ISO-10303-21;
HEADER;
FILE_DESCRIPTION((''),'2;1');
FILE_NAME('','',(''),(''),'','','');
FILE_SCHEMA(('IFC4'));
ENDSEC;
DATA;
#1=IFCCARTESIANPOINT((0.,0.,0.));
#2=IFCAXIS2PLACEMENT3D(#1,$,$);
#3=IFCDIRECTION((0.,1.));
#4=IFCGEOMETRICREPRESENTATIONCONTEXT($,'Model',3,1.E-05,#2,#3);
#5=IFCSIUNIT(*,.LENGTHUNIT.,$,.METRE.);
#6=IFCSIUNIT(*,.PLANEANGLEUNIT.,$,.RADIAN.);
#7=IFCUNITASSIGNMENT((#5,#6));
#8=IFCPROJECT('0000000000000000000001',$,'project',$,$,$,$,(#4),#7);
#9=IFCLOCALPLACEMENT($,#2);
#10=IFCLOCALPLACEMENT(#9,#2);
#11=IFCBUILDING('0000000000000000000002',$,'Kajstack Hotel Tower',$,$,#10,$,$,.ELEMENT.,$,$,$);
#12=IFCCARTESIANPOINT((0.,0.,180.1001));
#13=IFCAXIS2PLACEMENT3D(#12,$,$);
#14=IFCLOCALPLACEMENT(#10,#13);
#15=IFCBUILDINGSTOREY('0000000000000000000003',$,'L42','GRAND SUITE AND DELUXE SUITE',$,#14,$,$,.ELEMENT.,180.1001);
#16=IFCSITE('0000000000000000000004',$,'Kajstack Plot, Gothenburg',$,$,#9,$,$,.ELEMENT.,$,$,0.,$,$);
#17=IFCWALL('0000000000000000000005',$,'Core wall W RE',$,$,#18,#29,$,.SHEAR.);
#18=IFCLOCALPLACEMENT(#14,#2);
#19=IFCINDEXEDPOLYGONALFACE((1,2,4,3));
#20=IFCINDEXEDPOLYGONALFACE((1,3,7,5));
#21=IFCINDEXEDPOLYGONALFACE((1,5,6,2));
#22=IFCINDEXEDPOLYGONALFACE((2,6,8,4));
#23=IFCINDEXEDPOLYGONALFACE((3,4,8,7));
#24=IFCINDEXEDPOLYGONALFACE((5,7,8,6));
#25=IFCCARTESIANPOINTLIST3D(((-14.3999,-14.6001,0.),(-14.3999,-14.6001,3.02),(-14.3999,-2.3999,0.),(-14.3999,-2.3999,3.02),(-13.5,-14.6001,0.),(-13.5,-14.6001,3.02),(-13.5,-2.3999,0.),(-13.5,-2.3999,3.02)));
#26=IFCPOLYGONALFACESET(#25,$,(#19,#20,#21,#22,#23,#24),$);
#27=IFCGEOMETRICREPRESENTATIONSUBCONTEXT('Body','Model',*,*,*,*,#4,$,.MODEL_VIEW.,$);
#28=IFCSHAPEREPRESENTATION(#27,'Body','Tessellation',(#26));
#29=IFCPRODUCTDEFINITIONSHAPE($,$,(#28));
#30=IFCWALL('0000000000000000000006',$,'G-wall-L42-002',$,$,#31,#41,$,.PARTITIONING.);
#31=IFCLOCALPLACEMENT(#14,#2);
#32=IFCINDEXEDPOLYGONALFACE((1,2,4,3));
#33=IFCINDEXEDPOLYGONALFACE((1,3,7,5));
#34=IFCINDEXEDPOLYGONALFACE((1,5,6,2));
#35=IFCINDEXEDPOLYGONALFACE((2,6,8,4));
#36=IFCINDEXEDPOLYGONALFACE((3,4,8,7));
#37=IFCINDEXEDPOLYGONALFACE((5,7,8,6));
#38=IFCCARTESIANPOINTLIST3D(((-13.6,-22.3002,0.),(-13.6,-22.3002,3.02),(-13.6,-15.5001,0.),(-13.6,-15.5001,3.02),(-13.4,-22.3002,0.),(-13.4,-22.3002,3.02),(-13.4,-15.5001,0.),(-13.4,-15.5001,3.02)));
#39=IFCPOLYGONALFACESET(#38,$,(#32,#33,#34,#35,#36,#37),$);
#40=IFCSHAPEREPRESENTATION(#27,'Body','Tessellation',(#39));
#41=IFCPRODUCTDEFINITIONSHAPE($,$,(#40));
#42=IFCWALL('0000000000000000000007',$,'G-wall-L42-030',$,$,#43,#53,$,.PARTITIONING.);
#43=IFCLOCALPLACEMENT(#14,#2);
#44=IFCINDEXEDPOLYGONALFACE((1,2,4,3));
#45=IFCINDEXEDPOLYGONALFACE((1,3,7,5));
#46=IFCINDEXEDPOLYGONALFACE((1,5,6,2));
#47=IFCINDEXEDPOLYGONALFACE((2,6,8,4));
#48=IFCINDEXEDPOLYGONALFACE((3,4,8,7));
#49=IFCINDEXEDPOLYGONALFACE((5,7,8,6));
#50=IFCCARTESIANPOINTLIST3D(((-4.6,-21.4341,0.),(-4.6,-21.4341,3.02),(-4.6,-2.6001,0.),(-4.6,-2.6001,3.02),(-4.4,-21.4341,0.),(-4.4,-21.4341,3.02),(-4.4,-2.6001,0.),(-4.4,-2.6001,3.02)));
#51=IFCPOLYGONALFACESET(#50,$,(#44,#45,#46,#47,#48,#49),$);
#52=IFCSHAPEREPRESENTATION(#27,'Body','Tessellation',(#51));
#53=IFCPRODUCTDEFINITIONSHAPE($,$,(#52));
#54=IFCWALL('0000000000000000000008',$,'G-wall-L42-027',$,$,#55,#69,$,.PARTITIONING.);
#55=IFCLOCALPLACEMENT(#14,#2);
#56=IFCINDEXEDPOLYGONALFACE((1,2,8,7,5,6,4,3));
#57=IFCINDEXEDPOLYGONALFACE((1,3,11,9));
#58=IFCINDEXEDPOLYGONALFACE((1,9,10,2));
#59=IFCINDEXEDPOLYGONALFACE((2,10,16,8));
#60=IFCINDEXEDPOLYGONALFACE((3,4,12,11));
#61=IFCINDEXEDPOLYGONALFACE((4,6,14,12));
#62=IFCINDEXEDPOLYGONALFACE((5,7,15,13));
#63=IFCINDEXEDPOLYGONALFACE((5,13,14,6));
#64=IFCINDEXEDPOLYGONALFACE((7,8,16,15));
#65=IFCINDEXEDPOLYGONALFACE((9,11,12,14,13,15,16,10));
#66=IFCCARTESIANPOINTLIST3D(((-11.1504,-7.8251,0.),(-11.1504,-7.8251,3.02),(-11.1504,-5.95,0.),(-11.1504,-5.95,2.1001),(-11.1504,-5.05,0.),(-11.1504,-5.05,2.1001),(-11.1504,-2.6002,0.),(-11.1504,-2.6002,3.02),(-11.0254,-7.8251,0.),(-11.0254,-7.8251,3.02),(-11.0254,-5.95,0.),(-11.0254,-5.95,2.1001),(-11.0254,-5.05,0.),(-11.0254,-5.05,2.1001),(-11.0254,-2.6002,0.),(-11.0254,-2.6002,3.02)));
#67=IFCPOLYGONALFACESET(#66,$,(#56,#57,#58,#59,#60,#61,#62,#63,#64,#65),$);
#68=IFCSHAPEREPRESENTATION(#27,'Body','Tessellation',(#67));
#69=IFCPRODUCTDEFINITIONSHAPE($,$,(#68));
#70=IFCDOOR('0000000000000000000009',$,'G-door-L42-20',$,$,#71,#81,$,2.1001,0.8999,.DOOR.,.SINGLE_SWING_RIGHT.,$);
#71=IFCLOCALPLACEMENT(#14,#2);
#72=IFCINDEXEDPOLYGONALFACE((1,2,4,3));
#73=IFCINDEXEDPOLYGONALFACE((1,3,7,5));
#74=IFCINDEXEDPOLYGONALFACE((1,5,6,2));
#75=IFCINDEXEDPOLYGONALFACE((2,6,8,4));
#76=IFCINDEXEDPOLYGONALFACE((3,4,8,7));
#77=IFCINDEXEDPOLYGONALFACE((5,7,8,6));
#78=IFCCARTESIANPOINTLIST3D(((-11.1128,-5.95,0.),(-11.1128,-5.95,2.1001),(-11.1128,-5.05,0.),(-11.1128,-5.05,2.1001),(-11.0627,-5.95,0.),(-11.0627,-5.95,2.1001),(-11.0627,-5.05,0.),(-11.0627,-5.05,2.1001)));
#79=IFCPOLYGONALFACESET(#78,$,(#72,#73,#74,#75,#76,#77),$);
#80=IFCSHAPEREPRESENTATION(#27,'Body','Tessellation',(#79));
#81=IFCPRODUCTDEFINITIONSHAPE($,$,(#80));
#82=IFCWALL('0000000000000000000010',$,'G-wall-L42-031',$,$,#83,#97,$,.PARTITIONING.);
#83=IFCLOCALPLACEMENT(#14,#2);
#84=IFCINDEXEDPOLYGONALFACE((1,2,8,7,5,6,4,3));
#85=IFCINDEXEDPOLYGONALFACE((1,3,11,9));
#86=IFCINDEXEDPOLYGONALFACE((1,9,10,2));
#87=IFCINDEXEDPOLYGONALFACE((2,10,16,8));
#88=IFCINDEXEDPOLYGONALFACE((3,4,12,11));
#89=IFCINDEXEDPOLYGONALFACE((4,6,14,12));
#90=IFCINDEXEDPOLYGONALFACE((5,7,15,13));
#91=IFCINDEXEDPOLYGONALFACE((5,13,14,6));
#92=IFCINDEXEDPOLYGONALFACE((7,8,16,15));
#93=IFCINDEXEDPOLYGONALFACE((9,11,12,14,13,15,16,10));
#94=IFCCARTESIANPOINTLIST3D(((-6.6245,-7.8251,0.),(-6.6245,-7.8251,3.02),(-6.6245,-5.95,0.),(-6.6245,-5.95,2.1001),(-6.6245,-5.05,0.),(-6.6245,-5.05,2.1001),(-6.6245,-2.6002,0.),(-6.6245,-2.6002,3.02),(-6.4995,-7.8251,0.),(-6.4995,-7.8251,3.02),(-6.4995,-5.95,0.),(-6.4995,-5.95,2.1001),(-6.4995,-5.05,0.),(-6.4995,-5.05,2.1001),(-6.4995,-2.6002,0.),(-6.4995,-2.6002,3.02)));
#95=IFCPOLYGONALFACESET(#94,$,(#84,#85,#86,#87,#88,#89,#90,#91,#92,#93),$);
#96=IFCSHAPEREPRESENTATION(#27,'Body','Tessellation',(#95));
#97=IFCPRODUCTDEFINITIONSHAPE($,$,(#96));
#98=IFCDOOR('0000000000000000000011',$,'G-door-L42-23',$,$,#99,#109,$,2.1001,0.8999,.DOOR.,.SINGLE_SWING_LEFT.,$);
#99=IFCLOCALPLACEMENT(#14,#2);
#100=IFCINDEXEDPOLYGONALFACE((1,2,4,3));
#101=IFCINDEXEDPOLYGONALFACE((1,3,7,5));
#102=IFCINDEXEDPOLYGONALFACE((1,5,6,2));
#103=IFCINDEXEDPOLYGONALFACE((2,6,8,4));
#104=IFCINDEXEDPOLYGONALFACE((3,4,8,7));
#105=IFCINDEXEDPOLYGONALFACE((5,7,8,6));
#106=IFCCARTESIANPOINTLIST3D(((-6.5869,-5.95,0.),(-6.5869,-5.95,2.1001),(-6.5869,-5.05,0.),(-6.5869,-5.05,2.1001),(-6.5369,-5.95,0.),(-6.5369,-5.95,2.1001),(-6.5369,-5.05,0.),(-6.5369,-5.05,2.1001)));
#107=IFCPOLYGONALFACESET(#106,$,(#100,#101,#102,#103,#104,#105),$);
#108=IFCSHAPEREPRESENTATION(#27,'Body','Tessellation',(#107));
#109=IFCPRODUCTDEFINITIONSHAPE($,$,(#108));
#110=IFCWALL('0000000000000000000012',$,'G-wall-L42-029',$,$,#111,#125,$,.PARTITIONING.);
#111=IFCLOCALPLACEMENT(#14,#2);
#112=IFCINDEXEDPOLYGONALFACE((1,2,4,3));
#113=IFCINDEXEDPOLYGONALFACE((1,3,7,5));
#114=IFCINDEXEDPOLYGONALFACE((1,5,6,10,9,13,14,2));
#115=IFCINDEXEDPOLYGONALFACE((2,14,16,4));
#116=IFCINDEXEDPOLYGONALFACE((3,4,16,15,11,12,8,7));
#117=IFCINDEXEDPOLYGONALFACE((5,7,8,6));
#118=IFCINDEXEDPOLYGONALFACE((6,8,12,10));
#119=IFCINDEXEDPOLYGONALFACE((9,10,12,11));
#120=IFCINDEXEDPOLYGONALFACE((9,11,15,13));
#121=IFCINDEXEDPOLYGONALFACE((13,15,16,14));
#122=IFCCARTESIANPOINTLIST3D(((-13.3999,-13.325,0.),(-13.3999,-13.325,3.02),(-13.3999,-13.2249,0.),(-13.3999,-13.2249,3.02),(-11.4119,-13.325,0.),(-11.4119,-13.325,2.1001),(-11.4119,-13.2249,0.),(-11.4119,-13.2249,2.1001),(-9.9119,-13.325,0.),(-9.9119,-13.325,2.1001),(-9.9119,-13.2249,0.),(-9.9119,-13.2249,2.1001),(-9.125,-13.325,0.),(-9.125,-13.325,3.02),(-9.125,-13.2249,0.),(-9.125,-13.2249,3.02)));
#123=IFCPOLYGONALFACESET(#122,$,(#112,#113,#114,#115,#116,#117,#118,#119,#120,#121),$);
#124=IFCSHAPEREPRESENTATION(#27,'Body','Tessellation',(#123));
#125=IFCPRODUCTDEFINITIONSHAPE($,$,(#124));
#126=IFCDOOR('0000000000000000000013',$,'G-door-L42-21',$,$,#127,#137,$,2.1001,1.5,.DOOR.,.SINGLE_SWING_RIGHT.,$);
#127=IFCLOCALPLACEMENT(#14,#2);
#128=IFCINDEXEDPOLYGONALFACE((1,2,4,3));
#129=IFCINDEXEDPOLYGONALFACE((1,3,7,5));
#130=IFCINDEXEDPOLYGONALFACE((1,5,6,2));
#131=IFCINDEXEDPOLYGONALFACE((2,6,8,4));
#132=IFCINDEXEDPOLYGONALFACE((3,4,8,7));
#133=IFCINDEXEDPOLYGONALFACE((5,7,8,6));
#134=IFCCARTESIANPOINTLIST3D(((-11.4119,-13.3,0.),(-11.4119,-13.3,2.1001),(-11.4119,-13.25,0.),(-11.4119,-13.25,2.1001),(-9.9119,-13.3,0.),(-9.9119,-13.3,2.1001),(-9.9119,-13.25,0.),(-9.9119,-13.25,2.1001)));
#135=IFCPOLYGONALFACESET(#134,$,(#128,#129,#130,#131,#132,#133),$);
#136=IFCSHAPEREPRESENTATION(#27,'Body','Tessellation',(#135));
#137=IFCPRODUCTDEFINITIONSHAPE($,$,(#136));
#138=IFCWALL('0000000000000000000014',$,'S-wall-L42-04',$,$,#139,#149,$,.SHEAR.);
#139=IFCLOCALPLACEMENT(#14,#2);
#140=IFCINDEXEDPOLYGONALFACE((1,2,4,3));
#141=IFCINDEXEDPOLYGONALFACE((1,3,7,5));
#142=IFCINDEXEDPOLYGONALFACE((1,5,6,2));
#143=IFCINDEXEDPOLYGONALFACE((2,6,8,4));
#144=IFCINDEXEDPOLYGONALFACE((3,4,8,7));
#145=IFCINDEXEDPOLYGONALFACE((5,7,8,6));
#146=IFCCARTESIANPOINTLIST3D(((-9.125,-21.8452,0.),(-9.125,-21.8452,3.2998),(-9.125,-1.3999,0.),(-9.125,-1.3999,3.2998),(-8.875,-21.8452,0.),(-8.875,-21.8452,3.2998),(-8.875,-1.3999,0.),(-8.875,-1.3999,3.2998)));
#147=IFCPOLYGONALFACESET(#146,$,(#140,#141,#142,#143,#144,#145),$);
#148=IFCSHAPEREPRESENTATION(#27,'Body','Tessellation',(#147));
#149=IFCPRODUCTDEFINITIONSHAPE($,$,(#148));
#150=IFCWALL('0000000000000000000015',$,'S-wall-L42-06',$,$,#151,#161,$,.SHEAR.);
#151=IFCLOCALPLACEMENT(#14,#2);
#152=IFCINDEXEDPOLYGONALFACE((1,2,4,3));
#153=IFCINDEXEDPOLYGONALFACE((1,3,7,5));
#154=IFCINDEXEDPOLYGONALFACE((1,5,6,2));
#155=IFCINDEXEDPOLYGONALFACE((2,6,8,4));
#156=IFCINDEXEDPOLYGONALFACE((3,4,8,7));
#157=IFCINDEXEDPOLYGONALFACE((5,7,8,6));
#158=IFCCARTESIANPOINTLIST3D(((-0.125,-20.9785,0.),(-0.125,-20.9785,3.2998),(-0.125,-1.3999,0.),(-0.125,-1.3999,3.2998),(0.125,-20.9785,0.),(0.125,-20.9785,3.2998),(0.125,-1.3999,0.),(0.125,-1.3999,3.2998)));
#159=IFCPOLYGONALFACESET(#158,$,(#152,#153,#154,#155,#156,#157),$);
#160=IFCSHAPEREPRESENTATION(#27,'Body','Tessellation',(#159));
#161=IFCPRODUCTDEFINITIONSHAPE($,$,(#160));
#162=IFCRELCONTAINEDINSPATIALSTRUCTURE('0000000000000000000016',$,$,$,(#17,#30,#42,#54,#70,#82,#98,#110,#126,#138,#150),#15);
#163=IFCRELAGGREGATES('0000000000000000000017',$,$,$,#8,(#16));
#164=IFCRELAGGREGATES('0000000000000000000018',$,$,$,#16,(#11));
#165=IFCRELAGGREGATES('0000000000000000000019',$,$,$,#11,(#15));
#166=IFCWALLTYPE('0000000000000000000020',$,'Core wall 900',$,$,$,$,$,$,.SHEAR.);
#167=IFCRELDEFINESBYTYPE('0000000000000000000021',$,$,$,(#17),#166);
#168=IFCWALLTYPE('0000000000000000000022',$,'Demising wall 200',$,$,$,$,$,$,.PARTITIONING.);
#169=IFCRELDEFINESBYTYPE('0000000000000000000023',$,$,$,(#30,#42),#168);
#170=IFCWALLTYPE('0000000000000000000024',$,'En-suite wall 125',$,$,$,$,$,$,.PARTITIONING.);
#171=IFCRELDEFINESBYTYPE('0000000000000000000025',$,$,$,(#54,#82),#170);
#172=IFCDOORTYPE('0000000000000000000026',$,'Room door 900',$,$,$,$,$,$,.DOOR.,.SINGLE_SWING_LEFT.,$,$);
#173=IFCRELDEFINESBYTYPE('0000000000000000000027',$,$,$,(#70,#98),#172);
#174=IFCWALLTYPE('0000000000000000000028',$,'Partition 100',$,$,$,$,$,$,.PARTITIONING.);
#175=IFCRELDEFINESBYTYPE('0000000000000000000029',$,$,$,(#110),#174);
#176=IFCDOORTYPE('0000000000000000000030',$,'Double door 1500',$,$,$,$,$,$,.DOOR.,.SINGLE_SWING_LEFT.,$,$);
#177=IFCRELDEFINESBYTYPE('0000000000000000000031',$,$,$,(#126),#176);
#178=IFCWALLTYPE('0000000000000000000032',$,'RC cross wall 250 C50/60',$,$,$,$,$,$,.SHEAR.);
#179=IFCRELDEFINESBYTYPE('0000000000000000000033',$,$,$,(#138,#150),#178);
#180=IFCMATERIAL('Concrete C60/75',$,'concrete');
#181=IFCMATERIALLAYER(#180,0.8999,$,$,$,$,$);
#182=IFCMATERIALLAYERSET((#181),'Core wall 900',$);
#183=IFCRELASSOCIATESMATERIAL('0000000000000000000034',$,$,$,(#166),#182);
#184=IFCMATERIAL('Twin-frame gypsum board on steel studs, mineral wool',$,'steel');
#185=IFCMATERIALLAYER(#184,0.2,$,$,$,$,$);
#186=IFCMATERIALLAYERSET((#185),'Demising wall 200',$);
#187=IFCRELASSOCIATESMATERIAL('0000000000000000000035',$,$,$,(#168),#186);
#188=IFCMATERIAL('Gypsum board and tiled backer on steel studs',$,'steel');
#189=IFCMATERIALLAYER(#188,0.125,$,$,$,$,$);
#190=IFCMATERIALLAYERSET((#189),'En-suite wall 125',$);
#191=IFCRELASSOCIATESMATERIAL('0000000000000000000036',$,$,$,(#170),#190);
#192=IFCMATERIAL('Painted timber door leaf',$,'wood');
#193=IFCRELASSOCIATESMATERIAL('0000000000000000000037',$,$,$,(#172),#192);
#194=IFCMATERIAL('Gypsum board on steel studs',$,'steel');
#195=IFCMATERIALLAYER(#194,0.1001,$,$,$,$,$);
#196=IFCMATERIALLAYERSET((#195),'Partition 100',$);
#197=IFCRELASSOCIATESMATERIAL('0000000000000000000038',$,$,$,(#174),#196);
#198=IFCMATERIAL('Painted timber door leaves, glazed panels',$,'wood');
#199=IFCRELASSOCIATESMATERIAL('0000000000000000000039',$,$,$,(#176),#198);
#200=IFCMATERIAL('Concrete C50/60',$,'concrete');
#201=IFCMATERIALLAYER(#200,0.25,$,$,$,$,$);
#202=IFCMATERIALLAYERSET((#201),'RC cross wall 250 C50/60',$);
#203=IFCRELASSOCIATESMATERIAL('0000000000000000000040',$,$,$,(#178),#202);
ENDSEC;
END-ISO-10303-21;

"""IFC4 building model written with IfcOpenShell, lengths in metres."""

from ifc_helpers import new_model, si_unit, direction, frame, frame_2d, origin, place, context, subcontext, project, spatial, rectangle, extrude, material, layer, layer_set, type_object, element, fill, save


model = new_model("IFC4")

# Units and contexts
model_context = context("Model", 3, precision=1e-05, world=origin(), true_north=direction((0.0, 1.0)))
body_context = subcontext(model_context, "Body", "Model", "MODEL_VIEW")
ifc_project = project(units=[si_unit("LENGTHUNIT", "METRE"), si_unit("PLANEANGLEUNIT", "RADIAN")], contexts=[model_context])

# Site, building, storey
site_placement = place(None, origin())
site = spatial("IfcSite", under=ifc_project, at=site_placement, Name="Kajstack Plot, Gothenburg", CompositionType="ELEMENT", RefElevation=0.0)
building_placement = place(site_placement, origin())
building = spatial("IfcBuilding", under=site, at=building_placement, Name="Kajstack Hotel Tower", CompositionType="ELEMENT")
storey_placement = place(building_placement, frame((0.0, 0.0, 180.1001)))
storey = spatial("IfcBuildingStorey", under=building, at=storey_placement, Name="L42", Description="GRAND SUITE AND DELUXE SUITE", CompositionType="ELEMENT", Elevation=180.1001)

# Walls
ifc_material_1 = material(Name="Concrete C60/75", Category="concrete")
ifc_layer_1 = layer(ifc_material_1, 0.8999)
ifc_layer_set_1 = layer_set([ifc_layer_1], Name="Core wall 900")
wall_type_1 = type_object("IfcWallType", Name="Core wall 900", PredefinedType="SHEAR", material=ifc_layer_set_1)
wall_1_placement = place(storey_placement, frame((-13.95, -14.6001, 0.0), z_axis=(0.0, 0.0, 1.0), x_axis=(0.0, 1.0, 0.0)))
element("IfcWall", 1, at=wall_1_placement, inside=storey, type_object=wall_type_1, Name="Core wall W RE", PredefinedType="SHEAR", context=body_context, shape_type="SweptSolid", body=[
    extrude(rectangle(XDim=12.2002, YDim=0.8999, at=frame_2d((6.1001, 0.0))), origin(), (0.0, 0.0, 1.0), 3.02),
])
ifc_material_2 = material(Name="Twin-frame gypsum board on steel studs, mineral wool", Category="steel")
ifc_layer_2 = layer(ifc_material_2, 0.2)
ifc_layer_set_2 = layer_set([ifc_layer_2], Name="Demising wall 200")
wall_type_2 = type_object("IfcWallType", Name="Demising wall 200", PredefinedType="PARTITIONING", material=ifc_layer_set_2)
wall_2_placement = place(storey_placement, frame((-13.5, -22.3, 0.0), z_axis=(0.0, 0.0, 1.0), x_axis=(0.0, 1.0, 0.0)))
element("IfcWall", 2, at=wall_2_placement, inside=storey, type_object=wall_type_2, Name="G-wall-L42-002", PredefinedType="PARTITIONING", context=body_context, shape_type="SweptSolid", body=[
    extrude(rectangle(XDim=6.8, YDim=0.2, at=frame_2d((3.3999, 0.0))), origin(), (0.0, 0.0, 1.0), 3.02),
])
wall_3_placement = place(storey_placement, frame((-4.5, -21.4341, 0.0), z_axis=(0.0, 0.0, 1.0), x_axis=(0.0, 1.0, 0.0)))
element("IfcWall", 3, at=wall_3_placement, inside=storey, type_object=wall_type_2, Name="G-wall-L42-030", PredefinedType="PARTITIONING", context=body_context, shape_type="SweptSolid", body=[
    extrude(rectangle(XDim=18.834, YDim=0.2, at=frame_2d((9.417, 0.0))), origin(), (0.0, 0.0, 1.0), 3.02),
])

# Walls, openings, doors
ifc_material_3 = material(Name="Gypsum board and tiled backer on steel studs", Category="steel")
ifc_layer_3 = layer(ifc_material_3, 0.125)
ifc_layer_set_3 = layer_set([ifc_layer_3], Name="En-suite wall 125")
wall_type_3 = type_object("IfcWallType", Name="En-suite wall 125", PredefinedType="PARTITIONING", material=ifc_layer_set_3)
wall_4_placement = place(storey_placement, frame((-11.0879, -7.825, 0.0), z_axis=(0.0, 0.0, 1.0), x_axis=(0.0, 1.0, 0.0)))
wall_4 = element("IfcWall", 4, at=wall_4_placement, inside=storey, type_object=wall_type_3, Name="G-wall-L42-027", PredefinedType="PARTITIONING", context=body_context, shape_type="SweptSolid", body=[
    extrude(rectangle(XDim=5.2249, YDim=0.125, at=frame_2d((2.6123, 0.0))), origin(), (0.0, 0.0, 1.0), 3.02),
])
opening_1_placement = place(wall_4_placement, frame((1.875, 0.0, 0.0)))
opening_1 = element("IfcOpeningElement", 5, at=opening_1_placement, cuts=wall_4, PredefinedType="OPENING", context=body_context, shape_type="SweptSolid", body=[
    extrude(rectangle(XDim=0.8999, YDim=2.1001, at=frame_2d((0.45, 1.05))), frame((0.0, 0.0725, 0.0), z_axis=(0.0, -1.0, 0.0), x_axis=(1.0, 0.0, 0.0)), (0.0, 0.0, 1.0), 0.145),
])
ifc_material_4 = material(Name="Painted timber door leaf", Category="wood")
door_type_1 = type_object("IfcDoorType", Name="Room door 900", OperationType="SINGLE_SWING_LEFT", PredefinedType="DOOR", material=ifc_material_4)
door_1_placement = place(opening_1_placement, origin())
door_1 = element("IfcDoor", 6, at=door_1_placement, inside=storey, type_object=door_type_1, Name="G-door-L42-20", OperationType="SINGLE_SWING_RIGHT", OverallHeight=2.1001, OverallWidth=0.8999, PredefinedType="DOOR", context=body_context, shape_type="SweptSolid", body=[
    extrude(rectangle(XDim=0.8999, YDim=2.1001, at=frame_2d((0.45, 1.05))), frame((0.0, 0.0249, 0.0), z_axis=(0.0, -1.0, 0.0), x_axis=(1.0, 0.0, 0.0)), (0.0, 0.0, 1.0), 0.05),
])
fill(opening_1, door_1)
wall_5_placement = place(storey_placement, frame((-6.562, -7.825, 0.0), z_axis=(0.0, 0.0, 1.0), x_axis=(0.0, 1.0, 0.0)))
wall_5 = element("IfcWall", 7, at=wall_5_placement, inside=storey, type_object=wall_type_3, Name="G-wall-L42-031", PredefinedType="PARTITIONING", context=body_context, shape_type="SweptSolid", body=[
    extrude(rectangle(XDim=5.2249, YDim=0.125, at=frame_2d((2.6123, 0.0))), origin(), (0.0, 0.0, 1.0), 3.02),
])
opening_2_placement = place(wall_5_placement, frame((1.875, 0.0, 0.0)))
opening_2 = element("IfcOpeningElement", 8, at=opening_2_placement, cuts=wall_5, PredefinedType="OPENING", context=body_context, shape_type="SweptSolid", body=[
    extrude(rectangle(XDim=0.8999, YDim=2.1001, at=frame_2d((0.45, 1.05))), frame((0.0, 0.0725, 0.0), z_axis=(0.0, -1.0, 0.0), x_axis=(1.0, 0.0, 0.0)), (0.0, 0.0, 1.0), 0.145),
])
door_2_placement = place(opening_2_placement, origin())
door_2 = element("IfcDoor", 9, at=door_2_placement, inside=storey, type_object=door_type_1, Name="G-door-L42-23", OperationType="SINGLE_SWING_LEFT", OverallHeight=2.1001, OverallWidth=0.8999, PredefinedType="DOOR", context=body_context, shape_type="SweptSolid", body=[
    extrude(rectangle(XDim=0.8999, YDim=2.1001, at=frame_2d((0.45, 1.05))), frame((0.0, 0.0249, 0.0), z_axis=(0.0, -1.0, 0.0), x_axis=(1.0, 0.0, 0.0)), (0.0, 0.0, 1.0), 0.05),
])
fill(opening_2, door_2)
ifc_material_5 = material(Name="Gypsum board on steel studs", Category="steel")
ifc_layer_4 = layer(ifc_material_5, 0.1001)
ifc_layer_set_4 = layer_set([ifc_layer_4], Name="Partition 100")
wall_type_4 = type_object("IfcWallType", Name="Partition 100", PredefinedType="PARTITIONING", material=ifc_layer_set_4)
wall_6_placement = place(storey_placement, frame((-13.3999, -13.2749, 0.0), z_axis=(0.0, 0.0, 1.0), x_axis=(1.0, 0.0, 0.0)))
wall_6 = element("IfcWall", 10, at=wall_6_placement, inside=storey, type_object=wall_type_4, Name="G-wall-L42-029", PredefinedType="PARTITIONING", context=body_context, shape_type="SweptSolid", body=[
    extrude(rectangle(XDim=4.2749, YDim=0.1001, at=frame_2d((2.1375, 0.0))), origin(), (0.0, 0.0, 1.0), 3.02),
])
opening_3_placement = place(wall_6_placement, frame((1.988, 0.0, 0.0)))
opening_3 = element("IfcOpeningElement", 11, at=opening_3_placement, cuts=wall_6, PredefinedType="OPENING", context=body_context, shape_type="SweptSolid", body=[
    extrude(rectangle(XDim=1.5, YDim=2.1001, at=frame_2d((0.75, 1.05))), frame((0.0, 0.0601, 0.0), z_axis=(0.0, -1.0, 0.0), x_axis=(1.0, 0.0, 0.0)), (0.0, 0.0, 1.0), 0.1201),
])
ifc_material_6 = material(Name="Painted timber door leaves, glazed panels", Category="wood")
door_type_2 = type_object("IfcDoorType", Name="Double door 1500", OperationType="SINGLE_SWING_LEFT", PredefinedType="DOOR", material=ifc_material_6)
door_3_placement = place(opening_3_placement, origin())
door_3 = element("IfcDoor", 12, at=door_3_placement, inside=storey, type_object=door_type_2, Name="G-door-L42-21", OperationType="SINGLE_SWING_RIGHT", OverallHeight=2.1001, OverallWidth=1.5, PredefinedType="DOOR", context=body_context, shape_type="SweptSolid", body=[
    extrude(rectangle(XDim=1.5, YDim=2.1001, at=frame_2d((0.75, 1.05))), frame((0.0, 0.0249, 0.0), z_axis=(0.0, -1.0, 0.0), x_axis=(1.0, 0.0, 0.0)), (0.0, 0.0, 1.0), 0.05),
])
fill(opening_3, door_3)

# Walls
ifc_material_7 = material(Name="Concrete C50/60", Category="concrete")
ifc_layer_5 = layer(ifc_material_7, 0.25)
ifc_layer_set_5 = layer_set([ifc_layer_5], Name="RC cross wall 250 C50/60")
wall_type_5 = type_object("IfcWallType", Name="RC cross wall 250 C50/60", PredefinedType="SHEAR", material=ifc_layer_set_5)
wall_7_placement = place(storey_placement, frame((-9.0, -21.8452, 0.0), z_axis=(0.0, 0.0, 1.0), x_axis=(0.0, 1.0, 0.0)))
element("IfcWall", 13, at=wall_7_placement, inside=storey, type_object=wall_type_5, Name="S-wall-L42-04", PredefinedType="SHEAR", context=body_context, shape_type="SweptSolid", body=[
    extrude(rectangle(XDim=20.4453, YDim=0.25, at=frame_2d((10.2227, 0.0))), origin(), (0.0, 0.0, 1.0), 3.2998),
])
wall_8_placement = place(storey_placement, frame((0.0, -20.9785, 0.0), z_axis=(0.0, 0.0, 1.0), x_axis=(0.0, 1.0, 0.0)))
element("IfcWall", 14, at=wall_8_placement, inside=storey, type_object=wall_type_5, Name="S-wall-L42-06", PredefinedType="SHEAR", context=body_context, shape_type="SweptSolid", body=[
    extrude(rectangle(XDim=19.5786, YDim=0.25, at=frame_2d((9.7893, 0.0))), origin(), (0.0, 0.0, 1.0), 3.2998),
])

save(model, "model.ifc")
